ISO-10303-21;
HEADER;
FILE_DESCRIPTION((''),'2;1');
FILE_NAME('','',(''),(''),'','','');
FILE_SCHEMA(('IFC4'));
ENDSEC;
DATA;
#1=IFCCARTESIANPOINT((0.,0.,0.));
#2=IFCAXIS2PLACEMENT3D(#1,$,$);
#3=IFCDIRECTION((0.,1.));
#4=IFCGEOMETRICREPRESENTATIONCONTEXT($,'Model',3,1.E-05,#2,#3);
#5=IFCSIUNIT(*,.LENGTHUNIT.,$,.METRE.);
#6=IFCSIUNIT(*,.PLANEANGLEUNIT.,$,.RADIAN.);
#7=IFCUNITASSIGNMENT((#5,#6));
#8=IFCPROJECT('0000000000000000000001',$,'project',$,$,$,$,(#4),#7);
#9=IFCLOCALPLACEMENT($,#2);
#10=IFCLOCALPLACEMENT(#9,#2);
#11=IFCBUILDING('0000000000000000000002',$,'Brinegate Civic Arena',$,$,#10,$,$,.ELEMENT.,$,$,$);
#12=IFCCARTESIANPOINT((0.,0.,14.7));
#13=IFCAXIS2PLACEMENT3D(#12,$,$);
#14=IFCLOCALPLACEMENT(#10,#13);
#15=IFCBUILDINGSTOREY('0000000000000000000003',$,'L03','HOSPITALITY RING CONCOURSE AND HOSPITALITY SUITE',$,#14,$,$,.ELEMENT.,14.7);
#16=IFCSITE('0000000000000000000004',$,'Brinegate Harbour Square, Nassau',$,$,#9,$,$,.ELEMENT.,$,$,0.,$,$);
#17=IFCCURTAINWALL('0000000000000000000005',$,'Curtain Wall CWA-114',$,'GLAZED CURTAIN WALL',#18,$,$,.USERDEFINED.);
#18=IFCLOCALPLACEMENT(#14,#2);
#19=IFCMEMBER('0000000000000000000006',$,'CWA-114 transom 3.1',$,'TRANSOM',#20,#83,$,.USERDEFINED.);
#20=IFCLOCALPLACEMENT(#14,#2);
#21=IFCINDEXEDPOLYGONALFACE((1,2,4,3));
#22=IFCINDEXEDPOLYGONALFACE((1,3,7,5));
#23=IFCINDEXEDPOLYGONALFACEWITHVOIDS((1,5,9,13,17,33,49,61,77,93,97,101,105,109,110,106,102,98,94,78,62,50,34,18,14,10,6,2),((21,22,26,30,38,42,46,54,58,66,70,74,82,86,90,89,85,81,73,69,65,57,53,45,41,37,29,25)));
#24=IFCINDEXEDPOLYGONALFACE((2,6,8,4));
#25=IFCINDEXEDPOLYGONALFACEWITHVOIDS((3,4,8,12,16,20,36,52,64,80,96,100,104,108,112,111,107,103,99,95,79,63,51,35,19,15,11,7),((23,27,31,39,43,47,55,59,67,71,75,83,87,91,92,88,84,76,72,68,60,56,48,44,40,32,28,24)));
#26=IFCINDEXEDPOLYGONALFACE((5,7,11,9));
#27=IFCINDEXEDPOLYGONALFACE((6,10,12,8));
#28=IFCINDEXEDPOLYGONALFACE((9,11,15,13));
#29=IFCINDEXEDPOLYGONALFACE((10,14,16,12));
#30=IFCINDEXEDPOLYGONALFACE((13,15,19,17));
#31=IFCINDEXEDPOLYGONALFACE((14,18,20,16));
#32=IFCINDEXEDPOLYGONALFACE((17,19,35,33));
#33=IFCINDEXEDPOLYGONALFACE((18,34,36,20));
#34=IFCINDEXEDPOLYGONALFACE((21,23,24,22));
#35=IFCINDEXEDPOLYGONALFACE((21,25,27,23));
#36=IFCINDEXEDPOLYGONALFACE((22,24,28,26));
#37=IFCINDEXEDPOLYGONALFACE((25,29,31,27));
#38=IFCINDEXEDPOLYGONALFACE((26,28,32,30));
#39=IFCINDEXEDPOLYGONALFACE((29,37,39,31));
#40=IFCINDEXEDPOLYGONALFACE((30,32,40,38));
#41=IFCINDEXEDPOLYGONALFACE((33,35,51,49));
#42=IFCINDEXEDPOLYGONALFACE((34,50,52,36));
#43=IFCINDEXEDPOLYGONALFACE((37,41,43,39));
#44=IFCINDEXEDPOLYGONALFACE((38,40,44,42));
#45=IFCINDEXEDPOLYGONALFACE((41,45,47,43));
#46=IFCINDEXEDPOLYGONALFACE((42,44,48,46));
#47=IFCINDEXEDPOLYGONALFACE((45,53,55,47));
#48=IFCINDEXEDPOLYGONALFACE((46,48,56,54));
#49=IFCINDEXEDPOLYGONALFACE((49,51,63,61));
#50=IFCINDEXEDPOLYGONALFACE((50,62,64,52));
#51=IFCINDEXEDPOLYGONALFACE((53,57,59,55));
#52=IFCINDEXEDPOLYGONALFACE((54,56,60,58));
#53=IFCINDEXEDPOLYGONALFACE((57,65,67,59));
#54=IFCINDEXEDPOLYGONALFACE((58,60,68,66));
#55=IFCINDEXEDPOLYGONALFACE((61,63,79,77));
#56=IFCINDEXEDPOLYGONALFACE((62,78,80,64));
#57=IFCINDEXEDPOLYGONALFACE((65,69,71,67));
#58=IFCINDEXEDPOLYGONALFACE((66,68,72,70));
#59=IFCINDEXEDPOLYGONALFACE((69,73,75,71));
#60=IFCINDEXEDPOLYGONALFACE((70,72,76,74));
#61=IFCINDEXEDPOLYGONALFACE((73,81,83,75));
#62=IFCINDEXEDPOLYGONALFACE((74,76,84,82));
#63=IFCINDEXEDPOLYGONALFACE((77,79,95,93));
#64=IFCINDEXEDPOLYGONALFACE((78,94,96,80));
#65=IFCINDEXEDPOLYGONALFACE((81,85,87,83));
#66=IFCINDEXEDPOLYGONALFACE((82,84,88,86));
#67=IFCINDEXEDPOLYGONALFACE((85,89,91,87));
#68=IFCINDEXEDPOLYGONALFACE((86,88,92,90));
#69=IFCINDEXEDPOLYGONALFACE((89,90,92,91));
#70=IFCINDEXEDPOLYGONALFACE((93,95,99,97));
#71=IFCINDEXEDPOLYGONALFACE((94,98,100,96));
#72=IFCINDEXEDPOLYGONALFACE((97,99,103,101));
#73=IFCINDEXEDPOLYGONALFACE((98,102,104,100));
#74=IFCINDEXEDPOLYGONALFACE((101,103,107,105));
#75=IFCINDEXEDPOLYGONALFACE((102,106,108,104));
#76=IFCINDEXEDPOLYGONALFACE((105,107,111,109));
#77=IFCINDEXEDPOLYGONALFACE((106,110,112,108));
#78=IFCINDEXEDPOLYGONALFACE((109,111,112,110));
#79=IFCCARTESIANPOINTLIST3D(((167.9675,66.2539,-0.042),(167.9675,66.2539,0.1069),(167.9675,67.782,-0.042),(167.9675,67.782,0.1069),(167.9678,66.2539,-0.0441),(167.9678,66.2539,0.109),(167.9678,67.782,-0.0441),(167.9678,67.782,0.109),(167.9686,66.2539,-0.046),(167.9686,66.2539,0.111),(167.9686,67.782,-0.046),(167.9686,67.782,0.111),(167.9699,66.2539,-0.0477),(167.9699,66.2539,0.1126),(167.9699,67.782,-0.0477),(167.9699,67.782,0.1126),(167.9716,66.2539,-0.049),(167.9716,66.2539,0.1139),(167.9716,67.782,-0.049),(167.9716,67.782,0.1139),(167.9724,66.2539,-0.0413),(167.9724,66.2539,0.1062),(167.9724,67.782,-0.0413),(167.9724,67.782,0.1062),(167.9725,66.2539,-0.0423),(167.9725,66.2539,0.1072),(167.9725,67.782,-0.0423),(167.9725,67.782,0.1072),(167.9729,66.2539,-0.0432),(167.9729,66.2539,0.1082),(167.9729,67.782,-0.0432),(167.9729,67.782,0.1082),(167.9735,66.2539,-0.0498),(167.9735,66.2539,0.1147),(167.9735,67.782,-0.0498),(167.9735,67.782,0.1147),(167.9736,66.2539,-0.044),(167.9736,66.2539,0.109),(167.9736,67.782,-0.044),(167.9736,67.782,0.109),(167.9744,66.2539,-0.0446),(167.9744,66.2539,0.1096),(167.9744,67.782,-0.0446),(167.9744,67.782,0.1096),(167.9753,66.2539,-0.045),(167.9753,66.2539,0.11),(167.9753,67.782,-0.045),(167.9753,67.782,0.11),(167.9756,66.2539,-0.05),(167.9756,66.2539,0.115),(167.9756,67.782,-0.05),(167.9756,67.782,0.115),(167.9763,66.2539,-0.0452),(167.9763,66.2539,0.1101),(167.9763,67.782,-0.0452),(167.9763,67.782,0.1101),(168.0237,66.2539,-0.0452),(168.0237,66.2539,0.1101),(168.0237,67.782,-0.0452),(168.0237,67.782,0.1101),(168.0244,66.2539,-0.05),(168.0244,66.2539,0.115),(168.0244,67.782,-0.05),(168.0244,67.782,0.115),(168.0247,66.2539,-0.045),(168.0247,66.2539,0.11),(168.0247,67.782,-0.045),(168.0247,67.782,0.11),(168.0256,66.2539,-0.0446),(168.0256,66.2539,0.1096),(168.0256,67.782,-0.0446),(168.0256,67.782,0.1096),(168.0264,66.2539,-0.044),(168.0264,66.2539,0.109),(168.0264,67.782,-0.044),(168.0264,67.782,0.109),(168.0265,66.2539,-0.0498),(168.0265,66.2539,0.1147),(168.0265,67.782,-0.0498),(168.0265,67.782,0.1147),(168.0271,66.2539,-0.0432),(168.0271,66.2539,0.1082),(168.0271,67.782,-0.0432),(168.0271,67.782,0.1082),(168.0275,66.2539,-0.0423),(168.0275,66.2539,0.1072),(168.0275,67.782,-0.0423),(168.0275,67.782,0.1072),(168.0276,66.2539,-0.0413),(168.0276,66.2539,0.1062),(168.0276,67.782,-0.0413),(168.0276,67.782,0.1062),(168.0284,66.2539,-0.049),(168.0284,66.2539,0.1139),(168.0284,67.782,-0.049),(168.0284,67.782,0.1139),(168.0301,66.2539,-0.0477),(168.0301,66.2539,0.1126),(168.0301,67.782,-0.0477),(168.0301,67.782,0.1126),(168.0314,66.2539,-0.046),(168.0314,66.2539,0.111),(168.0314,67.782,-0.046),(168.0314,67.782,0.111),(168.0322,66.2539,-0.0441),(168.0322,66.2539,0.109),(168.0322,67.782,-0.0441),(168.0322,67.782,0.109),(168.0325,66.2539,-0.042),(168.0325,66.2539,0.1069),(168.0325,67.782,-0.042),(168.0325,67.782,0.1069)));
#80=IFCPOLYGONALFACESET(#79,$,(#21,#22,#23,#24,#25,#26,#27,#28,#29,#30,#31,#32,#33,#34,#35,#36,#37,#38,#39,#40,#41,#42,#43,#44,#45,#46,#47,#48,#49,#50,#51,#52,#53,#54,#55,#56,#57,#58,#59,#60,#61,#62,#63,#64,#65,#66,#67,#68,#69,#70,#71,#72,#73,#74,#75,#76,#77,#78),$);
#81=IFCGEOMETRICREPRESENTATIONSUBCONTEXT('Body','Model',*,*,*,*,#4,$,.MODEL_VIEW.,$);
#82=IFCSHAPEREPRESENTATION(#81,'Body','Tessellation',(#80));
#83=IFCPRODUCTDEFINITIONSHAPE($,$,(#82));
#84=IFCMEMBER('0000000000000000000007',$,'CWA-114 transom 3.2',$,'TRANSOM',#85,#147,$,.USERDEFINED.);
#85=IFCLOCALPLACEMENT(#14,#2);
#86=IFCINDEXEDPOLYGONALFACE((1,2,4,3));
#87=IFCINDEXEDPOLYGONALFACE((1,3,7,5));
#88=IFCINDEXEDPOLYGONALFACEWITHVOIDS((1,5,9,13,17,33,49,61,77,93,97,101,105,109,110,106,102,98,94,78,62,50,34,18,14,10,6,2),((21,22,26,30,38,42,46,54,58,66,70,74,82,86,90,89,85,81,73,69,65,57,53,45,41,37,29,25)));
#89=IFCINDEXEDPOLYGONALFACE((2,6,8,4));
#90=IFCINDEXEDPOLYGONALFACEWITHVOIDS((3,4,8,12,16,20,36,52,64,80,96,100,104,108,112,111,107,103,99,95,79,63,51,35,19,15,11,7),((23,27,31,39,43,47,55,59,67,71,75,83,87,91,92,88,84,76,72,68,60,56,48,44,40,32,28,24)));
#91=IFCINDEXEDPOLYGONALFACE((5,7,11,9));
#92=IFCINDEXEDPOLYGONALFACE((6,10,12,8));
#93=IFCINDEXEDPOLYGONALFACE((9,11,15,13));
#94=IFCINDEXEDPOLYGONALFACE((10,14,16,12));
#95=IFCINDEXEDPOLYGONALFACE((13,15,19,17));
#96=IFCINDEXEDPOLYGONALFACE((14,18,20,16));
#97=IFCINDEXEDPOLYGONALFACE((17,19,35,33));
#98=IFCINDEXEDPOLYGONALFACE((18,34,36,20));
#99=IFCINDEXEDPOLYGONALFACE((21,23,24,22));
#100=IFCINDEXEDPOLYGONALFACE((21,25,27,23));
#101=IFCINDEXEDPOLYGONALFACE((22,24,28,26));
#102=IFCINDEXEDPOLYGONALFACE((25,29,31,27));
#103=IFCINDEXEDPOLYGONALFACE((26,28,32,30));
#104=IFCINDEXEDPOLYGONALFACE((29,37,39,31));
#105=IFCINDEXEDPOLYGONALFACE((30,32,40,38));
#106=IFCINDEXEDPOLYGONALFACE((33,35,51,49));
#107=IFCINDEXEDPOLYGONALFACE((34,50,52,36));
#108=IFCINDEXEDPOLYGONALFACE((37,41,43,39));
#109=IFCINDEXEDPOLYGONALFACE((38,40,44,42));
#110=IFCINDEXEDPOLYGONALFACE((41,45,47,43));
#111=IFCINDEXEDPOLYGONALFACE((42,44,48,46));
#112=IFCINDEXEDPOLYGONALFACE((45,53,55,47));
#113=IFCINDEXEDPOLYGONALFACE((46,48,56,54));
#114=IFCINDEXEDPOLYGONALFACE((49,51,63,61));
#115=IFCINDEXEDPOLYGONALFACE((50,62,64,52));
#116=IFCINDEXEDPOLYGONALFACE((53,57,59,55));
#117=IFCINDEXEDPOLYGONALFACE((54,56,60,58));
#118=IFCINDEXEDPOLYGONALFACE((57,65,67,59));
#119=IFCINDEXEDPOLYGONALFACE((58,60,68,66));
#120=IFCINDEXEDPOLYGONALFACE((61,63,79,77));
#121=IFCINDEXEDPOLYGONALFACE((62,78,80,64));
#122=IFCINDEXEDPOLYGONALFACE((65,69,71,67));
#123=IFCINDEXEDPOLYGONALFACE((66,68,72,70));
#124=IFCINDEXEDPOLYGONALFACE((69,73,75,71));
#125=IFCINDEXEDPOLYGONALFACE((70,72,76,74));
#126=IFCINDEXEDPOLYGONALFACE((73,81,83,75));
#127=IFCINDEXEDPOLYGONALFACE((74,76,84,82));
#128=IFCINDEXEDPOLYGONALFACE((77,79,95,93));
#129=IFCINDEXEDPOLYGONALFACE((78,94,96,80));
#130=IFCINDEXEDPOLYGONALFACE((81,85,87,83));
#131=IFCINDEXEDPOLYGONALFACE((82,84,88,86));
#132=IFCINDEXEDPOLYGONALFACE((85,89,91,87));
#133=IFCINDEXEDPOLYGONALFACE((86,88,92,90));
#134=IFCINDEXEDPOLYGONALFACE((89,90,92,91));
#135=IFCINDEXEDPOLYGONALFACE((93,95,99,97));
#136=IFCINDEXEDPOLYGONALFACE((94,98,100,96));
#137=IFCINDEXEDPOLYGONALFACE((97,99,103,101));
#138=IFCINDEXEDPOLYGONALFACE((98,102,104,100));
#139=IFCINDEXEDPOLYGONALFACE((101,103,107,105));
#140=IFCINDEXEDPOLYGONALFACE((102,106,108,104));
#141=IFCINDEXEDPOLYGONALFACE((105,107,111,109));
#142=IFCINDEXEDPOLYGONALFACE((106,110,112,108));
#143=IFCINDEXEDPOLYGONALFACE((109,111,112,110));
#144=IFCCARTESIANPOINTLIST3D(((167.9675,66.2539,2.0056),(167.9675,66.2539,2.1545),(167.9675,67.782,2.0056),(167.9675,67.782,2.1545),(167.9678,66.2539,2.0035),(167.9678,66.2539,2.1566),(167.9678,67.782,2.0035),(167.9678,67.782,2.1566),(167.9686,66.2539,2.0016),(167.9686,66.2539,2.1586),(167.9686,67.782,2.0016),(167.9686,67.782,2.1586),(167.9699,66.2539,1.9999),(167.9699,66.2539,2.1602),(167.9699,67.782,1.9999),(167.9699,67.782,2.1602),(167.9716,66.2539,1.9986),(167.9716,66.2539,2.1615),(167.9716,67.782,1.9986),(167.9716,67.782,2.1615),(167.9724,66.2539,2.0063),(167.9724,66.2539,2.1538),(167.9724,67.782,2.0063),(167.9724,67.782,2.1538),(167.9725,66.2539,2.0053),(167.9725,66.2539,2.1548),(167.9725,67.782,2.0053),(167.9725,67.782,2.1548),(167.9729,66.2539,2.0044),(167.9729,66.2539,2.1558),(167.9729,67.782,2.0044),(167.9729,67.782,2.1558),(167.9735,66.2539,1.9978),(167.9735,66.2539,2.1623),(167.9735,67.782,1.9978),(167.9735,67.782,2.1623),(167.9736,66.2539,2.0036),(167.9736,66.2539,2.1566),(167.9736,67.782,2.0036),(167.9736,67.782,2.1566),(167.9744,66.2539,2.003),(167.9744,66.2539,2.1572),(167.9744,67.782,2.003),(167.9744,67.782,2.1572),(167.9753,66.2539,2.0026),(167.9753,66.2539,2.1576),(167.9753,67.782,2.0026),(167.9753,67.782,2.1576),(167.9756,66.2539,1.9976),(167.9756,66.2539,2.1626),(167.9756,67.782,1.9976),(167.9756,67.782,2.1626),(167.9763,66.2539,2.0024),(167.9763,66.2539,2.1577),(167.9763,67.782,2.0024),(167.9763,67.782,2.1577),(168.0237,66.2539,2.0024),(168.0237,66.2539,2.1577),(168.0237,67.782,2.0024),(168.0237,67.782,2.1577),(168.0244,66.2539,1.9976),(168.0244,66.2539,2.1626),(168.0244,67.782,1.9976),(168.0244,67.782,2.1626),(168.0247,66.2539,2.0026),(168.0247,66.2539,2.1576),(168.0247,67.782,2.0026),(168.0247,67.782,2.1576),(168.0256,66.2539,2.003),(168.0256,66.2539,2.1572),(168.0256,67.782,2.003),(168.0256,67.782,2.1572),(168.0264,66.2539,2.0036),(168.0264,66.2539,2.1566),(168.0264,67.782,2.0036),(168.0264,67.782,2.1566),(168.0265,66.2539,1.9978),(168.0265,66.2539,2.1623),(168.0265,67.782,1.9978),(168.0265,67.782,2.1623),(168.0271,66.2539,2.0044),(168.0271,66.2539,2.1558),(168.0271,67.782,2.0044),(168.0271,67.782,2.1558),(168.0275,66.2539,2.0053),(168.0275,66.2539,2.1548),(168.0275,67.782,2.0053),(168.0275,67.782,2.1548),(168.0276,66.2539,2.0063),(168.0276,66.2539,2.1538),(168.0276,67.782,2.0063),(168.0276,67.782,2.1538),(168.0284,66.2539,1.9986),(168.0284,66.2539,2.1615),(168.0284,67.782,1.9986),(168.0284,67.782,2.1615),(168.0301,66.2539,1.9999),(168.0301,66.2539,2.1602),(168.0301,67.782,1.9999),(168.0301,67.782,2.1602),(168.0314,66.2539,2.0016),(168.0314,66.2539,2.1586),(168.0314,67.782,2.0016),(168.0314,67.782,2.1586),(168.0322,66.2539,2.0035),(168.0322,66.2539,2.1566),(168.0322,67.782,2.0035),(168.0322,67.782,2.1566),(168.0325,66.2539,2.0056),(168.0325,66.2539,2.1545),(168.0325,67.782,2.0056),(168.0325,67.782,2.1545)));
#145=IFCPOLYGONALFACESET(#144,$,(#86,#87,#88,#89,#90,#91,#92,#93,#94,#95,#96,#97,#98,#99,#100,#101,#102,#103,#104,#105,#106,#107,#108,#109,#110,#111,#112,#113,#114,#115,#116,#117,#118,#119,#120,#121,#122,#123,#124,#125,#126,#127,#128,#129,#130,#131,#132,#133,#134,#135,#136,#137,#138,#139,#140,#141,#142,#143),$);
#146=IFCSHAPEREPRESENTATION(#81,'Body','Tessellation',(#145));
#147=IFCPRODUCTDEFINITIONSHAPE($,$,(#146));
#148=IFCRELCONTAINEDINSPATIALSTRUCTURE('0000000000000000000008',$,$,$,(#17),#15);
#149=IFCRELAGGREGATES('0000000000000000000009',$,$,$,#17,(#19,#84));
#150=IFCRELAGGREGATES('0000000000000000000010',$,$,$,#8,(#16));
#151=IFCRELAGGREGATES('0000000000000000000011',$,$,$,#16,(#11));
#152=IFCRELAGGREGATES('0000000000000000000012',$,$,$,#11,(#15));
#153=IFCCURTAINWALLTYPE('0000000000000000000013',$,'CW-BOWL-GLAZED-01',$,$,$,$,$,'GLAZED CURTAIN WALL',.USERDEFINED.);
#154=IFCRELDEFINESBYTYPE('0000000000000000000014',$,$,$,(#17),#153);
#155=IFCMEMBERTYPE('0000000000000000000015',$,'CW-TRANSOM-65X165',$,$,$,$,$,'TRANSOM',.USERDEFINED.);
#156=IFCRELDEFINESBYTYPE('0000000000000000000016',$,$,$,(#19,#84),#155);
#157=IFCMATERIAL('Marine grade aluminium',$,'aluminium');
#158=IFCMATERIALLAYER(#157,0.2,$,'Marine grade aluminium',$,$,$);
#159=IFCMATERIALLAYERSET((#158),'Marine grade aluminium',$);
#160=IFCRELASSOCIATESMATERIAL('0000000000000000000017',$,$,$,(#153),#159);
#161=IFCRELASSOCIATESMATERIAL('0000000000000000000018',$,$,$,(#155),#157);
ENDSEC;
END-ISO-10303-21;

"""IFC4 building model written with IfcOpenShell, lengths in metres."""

from ifc_helpers import new_model, si_unit, direction, frame, origin, origin_2d, place, context, subcontext, project, spatial, hollow_rectangle, extrude, material, layer, layer_set, material_profile, profile_set, type_object, element, aggregate, save


model = new_model("IFC4")

# Units and contexts
model_context = context("Model", 3, precision=1e-05, world=origin(), true_north=direction((0.0, 1.0)))
body_context = subcontext(model_context, "Body", "Model", "MODEL_VIEW")
ifc_project = project(units=[si_unit("LENGTHUNIT", "METRE"), si_unit("PLANEANGLEUNIT", "RADIAN")], contexts=[model_context])

# Site, building, storey
site_placement = place(None, origin())
site = spatial("IfcSite", under=ifc_project, at=site_placement, Name="Brinegate Harbour Square, Nassau", CompositionType="ELEMENT", RefElevation=0.0)
building_placement = place(site_placement, origin())
building = spatial("IfcBuilding", under=site, at=building_placement, Name="Brinegate Civic Arena", CompositionType="ELEMENT")
storey_placement = place(building_placement, frame((0.0, 0.0, 14.7)))
storey = spatial("IfcBuildingStorey", under=building, at=storey_placement, Name="L03", Description="HOSPITALITY RING CONCOURSE AND HOSPITALITY SUITE", CompositionType="ELEMENT", Elevation=14.7)

# Curtain wall
ifc_material_1 = material(Name="Marine grade aluminium", Category="aluminium")
ifc_layer_1 = layer(ifc_material_1, 0.2, Name="Marine grade aluminium")
ifc_layer_set_1 = layer_set([ifc_layer_1], Name="Marine grade aluminium")
curtain_wall_type = type_object("IfcCurtainWallType", Name="CW-BOWL-GLAZED-01", ElementType="GLAZED CURTAIN WALL", PredefinedType="USERDEFINED", material=ifc_layer_set_1)
curtain_wall_1_placement = place(storey_placement, origin())
curtain_wall_1 = element("IfcCurtainWall", 1, at=curtain_wall_1_placement, inside=storey, type_object=curtain_wall_type, Name="Curtain Wall CWA-114", ObjectType="GLAZED CURTAIN WALL", PredefinedType="USERDEFINED")

# Members
ifc_material_profile_1 = material_profile(ifc_material_1, hollow_rectangle(XDim=0.0649, YDim=0.165, WallThickness=0.0049, InnerFilletRadius=0.0039, OuterFilletRadius=0.0081, at=origin_2d()), Name="TRN65X165")
ifc_profile_set_1 = profile_set([ifc_material_profile_1], Name="Marine grade aluminium")
member_type_1 = type_object("IfcMemberType", Name="CW-TRANSOM-65X165", ElementType="TRANSOM", PredefinedType="USERDEFINED", material=ifc_profile_set_1)
member_1_placement = place(storey_placement, frame((168.0, 66.2539, 0.0325), z_axis=(0.0, 1.0, 0.0), x_axis=(-1.0, 0.0, 0.0)))
member_1 = element("IfcMember", 2, at=member_1_placement, type_object=member_type_1, Name="CWA-114 transom 3.1", ObjectType="TRANSOM", PredefinedType="USERDEFINED", context=body_context, shape_type="SweptSolid", body=[
    extrude(hollow_rectangle(XDim=0.0649, YDim=0.165, WallThickness=0.0049, InnerFilletRadius=0.0039, OuterFilletRadius=0.0081, at=origin_2d()), origin(), (0.0, 0.0, 1.0), 1.5281),
])
member_2_placement = place(storey_placement, frame((168.0, 66.2539, 2.0801), z_axis=(0.0, 1.0, 0.0), x_axis=(-1.0, 0.0, 0.0)))
member_2 = element("IfcMember", 3, at=member_2_placement, type_object=member_type_1, Name="CWA-114 transom 3.2", ObjectType="TRANSOM", PredefinedType="USERDEFINED", context=body_context, shape_type="SweptSolid", body=[
    extrude(hollow_rectangle(XDim=0.0649, YDim=0.165, WallThickness=0.0049, InnerFilletRadius=0.0039, OuterFilletRadius=0.0081, at=origin_2d()), origin(), (0.0, 0.0, 1.0), 1.5281),
])

aggregate(curtain_wall_1, [member_1, member_2])

save(model, "model.ifc")
